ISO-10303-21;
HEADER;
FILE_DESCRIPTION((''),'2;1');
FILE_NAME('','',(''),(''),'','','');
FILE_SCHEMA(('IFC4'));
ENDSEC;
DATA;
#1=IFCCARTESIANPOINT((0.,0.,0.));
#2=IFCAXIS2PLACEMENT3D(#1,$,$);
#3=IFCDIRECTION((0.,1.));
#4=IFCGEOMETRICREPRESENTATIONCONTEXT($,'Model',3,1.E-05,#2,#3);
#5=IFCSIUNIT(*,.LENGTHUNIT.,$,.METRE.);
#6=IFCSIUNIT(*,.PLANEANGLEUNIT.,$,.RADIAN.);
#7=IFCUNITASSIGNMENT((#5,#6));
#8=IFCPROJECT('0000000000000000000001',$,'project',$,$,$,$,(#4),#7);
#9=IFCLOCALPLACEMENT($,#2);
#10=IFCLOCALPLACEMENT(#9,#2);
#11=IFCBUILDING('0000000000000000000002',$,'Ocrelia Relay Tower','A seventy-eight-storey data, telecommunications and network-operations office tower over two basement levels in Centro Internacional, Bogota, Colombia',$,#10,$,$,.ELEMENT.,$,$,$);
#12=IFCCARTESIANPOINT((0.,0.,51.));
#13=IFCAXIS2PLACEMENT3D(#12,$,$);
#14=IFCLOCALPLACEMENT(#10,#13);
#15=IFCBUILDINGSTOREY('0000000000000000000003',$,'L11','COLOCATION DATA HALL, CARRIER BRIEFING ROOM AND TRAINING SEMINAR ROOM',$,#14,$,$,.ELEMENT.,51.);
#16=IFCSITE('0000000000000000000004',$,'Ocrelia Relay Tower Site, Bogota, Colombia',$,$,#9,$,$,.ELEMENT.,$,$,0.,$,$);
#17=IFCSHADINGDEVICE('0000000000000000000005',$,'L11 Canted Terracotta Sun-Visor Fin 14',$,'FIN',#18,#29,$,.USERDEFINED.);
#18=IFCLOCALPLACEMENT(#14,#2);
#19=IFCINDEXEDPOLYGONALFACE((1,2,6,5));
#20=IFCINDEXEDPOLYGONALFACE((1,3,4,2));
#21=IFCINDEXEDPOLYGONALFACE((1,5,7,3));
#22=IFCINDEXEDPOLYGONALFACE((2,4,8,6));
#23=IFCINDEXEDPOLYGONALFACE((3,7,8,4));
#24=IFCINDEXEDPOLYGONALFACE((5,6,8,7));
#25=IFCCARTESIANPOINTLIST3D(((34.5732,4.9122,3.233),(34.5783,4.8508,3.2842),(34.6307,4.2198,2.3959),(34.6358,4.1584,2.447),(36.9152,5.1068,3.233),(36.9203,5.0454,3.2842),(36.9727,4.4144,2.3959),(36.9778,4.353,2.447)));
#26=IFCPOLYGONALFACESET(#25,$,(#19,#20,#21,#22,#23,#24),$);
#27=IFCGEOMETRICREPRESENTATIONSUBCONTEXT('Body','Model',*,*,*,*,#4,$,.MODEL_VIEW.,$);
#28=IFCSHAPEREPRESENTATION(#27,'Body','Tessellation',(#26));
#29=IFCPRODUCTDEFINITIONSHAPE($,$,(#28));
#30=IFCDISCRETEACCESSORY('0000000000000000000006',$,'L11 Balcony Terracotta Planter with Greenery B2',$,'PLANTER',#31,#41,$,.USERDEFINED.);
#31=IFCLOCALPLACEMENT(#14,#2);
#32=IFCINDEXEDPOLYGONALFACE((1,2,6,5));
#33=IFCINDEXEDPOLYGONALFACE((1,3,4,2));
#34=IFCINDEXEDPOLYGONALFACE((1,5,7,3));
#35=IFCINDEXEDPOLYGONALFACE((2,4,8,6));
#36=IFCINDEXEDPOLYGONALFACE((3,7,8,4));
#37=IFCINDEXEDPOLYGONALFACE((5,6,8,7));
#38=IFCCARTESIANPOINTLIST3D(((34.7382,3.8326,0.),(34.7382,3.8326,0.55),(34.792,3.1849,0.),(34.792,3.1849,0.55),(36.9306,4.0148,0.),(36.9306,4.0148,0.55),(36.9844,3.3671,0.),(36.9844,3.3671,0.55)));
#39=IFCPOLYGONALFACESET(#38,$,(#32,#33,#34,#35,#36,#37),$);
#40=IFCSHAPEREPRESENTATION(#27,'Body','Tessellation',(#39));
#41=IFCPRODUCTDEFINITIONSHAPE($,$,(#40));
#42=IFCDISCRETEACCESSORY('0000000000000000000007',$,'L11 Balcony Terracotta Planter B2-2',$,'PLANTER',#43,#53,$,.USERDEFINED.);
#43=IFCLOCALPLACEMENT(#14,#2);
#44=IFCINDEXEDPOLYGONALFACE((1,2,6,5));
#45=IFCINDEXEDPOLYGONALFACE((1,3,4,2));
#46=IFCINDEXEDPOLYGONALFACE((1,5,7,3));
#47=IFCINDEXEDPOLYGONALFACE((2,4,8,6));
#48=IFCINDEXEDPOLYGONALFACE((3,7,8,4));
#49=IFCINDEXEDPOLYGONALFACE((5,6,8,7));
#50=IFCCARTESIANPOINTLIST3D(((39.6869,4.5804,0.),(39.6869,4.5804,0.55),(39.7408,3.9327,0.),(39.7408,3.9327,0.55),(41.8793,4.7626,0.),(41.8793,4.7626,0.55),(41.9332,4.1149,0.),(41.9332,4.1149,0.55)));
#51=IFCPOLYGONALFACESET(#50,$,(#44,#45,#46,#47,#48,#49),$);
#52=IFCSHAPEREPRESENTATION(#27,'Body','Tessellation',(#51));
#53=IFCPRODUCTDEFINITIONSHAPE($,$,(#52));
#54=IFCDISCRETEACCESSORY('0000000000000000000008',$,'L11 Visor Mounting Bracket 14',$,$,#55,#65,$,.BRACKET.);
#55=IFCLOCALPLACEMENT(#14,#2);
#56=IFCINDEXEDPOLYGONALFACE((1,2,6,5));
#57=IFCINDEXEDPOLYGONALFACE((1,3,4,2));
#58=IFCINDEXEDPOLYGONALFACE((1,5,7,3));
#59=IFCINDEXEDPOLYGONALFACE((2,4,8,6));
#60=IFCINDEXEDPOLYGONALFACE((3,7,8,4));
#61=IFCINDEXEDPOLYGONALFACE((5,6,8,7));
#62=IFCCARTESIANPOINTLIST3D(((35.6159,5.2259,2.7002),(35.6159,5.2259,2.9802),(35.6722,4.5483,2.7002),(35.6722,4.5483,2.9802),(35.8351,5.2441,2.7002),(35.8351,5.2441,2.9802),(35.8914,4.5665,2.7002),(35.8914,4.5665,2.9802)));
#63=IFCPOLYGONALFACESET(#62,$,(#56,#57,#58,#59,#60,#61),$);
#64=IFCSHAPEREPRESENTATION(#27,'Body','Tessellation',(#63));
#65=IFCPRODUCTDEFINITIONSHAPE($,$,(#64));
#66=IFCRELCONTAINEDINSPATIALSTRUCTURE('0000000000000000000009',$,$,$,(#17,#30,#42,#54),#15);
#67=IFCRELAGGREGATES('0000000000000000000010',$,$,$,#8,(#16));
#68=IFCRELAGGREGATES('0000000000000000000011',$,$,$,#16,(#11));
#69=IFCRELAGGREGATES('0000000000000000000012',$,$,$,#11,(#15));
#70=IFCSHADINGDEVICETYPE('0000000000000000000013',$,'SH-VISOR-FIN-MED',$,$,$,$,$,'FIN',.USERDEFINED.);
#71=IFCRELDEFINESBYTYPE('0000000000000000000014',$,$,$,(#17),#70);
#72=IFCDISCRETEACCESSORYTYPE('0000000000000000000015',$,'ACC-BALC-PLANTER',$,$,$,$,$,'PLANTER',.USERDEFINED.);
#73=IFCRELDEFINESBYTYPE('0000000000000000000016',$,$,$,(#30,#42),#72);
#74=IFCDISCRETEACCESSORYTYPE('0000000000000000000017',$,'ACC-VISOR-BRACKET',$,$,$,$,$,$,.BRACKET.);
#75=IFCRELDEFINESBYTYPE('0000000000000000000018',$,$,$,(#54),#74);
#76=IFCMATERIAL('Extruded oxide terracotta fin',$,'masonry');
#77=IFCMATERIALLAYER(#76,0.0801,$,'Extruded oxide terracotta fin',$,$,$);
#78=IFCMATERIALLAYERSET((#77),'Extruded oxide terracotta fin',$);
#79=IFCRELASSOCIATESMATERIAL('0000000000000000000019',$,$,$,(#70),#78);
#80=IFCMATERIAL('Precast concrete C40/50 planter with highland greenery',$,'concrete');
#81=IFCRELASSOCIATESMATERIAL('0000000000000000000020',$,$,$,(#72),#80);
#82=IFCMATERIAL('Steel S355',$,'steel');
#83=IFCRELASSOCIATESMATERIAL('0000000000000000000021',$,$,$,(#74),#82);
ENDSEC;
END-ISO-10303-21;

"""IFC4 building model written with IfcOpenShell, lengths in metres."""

from ifc_helpers import new_model, si_unit, direction, frame, origin, origin_2d, place, context, subcontext, project, spatial, rectangle, extrude, material, layer, layer_set, type_object, element, save


model = new_model("IFC4")

# Units and contexts
model_context = context("Model", 3, precision=1e-05, world=origin(), true_north=direction((0.0, 1.0)))
body_context = subcontext(model_context, "Body", "Model", "MODEL_VIEW")
ifc_project = project(units=[si_unit("LENGTHUNIT", "METRE"), si_unit("PLANEANGLEUNIT", "RADIAN")], contexts=[model_context])

# Site, building, storey
site_placement = place(None, origin())
site = spatial("IfcSite", under=ifc_project, at=site_placement, Name="Ocrelia Relay Tower Site, Bogota, Colombia", CompositionType="ELEMENT", RefElevation=0.0)
building_placement = place(site_placement, origin())
building = spatial("IfcBuilding", under=site, at=building_placement, Name="Ocrelia Relay Tower", Description="A seventy-eight-storey data, telecommunications and network-operations office tower over two basement levels in Centro Internacional, Bogota, Colombia", CompositionType="ELEMENT")
storey_placement = place(building_placement, frame((0.0, 0.0, 51.0)))
storey = spatial("IfcBuildingStorey", under=building, at=storey_placement, Name="L11", Description="COLOCATION DATA HALL, CARRIER BRIEFING ROOM AND TRAINING SEMINAR ROOM", CompositionType="ELEMENT", Elevation=51.0)

# Shared definitions
ifc_material_1 = material(Name="Steel S355", Category="steel")

# Shading device
ifc_material_2 = material(Name="Extruded oxide terracotta fin", Category="masonry")
ifc_layer_1 = layer(ifc_material_2, 0.0801, Name="Extruded oxide terracotta fin")
ifc_layer_set_1 = layer_set([ifc_layer_1], Name="Extruded oxide terracotta fin")
shading_device_type_1 = type_object("IfcShadingDeviceType", Name="SH-VISOR-FIN-MED", ElementType="FIN", PredefinedType="USERDEFINED", material=ifc_layer_set_1)
shading_device_placement = place(storey_placement, frame((35.7729, 4.6633, 2.8145), z_axis=(0.063722, -0.766868, 0.638634), x_axis=(0.996566, 0.082808, 0.0)))
element("IfcShadingDevice", 1, at=shading_device_placement, inside=storey, type_object=shading_device_type_1, Name="L11 Canted Terracotta Sun-Visor Fin 14", ObjectType="FIN", PredefinedType="USERDEFINED", context=body_context, shape_type="SweptSolid", body=[
    extrude(rectangle(XDim=2.3501, YDim=1.0879, at=origin_2d()), origin(), (0.0, 0.0, 1.0), 0.0801),
])

# Discrete accessories
ifc_material_3 = material(Name="Precast concrete C40/50 planter with highland greenery", Category="concrete")
discrete_accessory_type_1 = type_object("IfcDiscreteAccessoryType", Name="ACC-BALC-PLANTER", ElementType="PLANTER", PredefinedType="USERDEFINED", material=ifc_material_3)
for number, where, z_axis, x_axis, name in (
    (2, (35.8613, 3.5999, 0.0), (0.0, 0.0, 1.0), (-0.996564, -0.08282, 0.0), "L11 Balcony Terracotta Planter with Greenery B2"),
    (3, (40.8101, 4.3477, 0.0), (0.0, 0.0, 1.0), (-0.996564, -0.08282, 0.0), "L11 Balcony Terracotta Planter B2-2"),
):
    element("IfcDiscreteAccessory", number, at=place(storey_placement, frame(where, z_axis=z_axis, x_axis=x_axis)), inside=storey, type_object=discrete_accessory_type_1, Name=name, ObjectType="PLANTER", PredefinedType="USERDEFINED", context=body_context, shape_type="SweptSolid", body=[
        extrude(rectangle(XDim=2.2, YDim=0.6499, at=origin_2d()), origin(), (0.0, 0.0, 1.0), 0.55),
    ])
discrete_accessory_type_2 = type_object("IfcDiscreteAccessoryType", Name="ACC-VISOR-BRACKET", PredefinedType="BRACKET", material=ifc_material_1)
discrete_accessory_placement = place(storey_placement, frame((35.7537, 4.8962, 2.7002), z_axis=(0.0, 0.0, 1.0), x_axis=(0.996566, 0.082808, 0.0)))
element("IfcDiscreteAccessory", 4, at=discrete_accessory_placement, inside=storey, type_object=discrete_accessory_type_2, Name="L11 Visor Mounting Bracket 14", PredefinedType="BRACKET", context=body_context, shape_type="SweptSolid", body=[
    extrude(rectangle(XDim=0.22, YDim=0.6799, at=origin_2d()), origin(), (0.0, 0.0, 1.0), 0.28),
])

save(model, "model.ifc")
